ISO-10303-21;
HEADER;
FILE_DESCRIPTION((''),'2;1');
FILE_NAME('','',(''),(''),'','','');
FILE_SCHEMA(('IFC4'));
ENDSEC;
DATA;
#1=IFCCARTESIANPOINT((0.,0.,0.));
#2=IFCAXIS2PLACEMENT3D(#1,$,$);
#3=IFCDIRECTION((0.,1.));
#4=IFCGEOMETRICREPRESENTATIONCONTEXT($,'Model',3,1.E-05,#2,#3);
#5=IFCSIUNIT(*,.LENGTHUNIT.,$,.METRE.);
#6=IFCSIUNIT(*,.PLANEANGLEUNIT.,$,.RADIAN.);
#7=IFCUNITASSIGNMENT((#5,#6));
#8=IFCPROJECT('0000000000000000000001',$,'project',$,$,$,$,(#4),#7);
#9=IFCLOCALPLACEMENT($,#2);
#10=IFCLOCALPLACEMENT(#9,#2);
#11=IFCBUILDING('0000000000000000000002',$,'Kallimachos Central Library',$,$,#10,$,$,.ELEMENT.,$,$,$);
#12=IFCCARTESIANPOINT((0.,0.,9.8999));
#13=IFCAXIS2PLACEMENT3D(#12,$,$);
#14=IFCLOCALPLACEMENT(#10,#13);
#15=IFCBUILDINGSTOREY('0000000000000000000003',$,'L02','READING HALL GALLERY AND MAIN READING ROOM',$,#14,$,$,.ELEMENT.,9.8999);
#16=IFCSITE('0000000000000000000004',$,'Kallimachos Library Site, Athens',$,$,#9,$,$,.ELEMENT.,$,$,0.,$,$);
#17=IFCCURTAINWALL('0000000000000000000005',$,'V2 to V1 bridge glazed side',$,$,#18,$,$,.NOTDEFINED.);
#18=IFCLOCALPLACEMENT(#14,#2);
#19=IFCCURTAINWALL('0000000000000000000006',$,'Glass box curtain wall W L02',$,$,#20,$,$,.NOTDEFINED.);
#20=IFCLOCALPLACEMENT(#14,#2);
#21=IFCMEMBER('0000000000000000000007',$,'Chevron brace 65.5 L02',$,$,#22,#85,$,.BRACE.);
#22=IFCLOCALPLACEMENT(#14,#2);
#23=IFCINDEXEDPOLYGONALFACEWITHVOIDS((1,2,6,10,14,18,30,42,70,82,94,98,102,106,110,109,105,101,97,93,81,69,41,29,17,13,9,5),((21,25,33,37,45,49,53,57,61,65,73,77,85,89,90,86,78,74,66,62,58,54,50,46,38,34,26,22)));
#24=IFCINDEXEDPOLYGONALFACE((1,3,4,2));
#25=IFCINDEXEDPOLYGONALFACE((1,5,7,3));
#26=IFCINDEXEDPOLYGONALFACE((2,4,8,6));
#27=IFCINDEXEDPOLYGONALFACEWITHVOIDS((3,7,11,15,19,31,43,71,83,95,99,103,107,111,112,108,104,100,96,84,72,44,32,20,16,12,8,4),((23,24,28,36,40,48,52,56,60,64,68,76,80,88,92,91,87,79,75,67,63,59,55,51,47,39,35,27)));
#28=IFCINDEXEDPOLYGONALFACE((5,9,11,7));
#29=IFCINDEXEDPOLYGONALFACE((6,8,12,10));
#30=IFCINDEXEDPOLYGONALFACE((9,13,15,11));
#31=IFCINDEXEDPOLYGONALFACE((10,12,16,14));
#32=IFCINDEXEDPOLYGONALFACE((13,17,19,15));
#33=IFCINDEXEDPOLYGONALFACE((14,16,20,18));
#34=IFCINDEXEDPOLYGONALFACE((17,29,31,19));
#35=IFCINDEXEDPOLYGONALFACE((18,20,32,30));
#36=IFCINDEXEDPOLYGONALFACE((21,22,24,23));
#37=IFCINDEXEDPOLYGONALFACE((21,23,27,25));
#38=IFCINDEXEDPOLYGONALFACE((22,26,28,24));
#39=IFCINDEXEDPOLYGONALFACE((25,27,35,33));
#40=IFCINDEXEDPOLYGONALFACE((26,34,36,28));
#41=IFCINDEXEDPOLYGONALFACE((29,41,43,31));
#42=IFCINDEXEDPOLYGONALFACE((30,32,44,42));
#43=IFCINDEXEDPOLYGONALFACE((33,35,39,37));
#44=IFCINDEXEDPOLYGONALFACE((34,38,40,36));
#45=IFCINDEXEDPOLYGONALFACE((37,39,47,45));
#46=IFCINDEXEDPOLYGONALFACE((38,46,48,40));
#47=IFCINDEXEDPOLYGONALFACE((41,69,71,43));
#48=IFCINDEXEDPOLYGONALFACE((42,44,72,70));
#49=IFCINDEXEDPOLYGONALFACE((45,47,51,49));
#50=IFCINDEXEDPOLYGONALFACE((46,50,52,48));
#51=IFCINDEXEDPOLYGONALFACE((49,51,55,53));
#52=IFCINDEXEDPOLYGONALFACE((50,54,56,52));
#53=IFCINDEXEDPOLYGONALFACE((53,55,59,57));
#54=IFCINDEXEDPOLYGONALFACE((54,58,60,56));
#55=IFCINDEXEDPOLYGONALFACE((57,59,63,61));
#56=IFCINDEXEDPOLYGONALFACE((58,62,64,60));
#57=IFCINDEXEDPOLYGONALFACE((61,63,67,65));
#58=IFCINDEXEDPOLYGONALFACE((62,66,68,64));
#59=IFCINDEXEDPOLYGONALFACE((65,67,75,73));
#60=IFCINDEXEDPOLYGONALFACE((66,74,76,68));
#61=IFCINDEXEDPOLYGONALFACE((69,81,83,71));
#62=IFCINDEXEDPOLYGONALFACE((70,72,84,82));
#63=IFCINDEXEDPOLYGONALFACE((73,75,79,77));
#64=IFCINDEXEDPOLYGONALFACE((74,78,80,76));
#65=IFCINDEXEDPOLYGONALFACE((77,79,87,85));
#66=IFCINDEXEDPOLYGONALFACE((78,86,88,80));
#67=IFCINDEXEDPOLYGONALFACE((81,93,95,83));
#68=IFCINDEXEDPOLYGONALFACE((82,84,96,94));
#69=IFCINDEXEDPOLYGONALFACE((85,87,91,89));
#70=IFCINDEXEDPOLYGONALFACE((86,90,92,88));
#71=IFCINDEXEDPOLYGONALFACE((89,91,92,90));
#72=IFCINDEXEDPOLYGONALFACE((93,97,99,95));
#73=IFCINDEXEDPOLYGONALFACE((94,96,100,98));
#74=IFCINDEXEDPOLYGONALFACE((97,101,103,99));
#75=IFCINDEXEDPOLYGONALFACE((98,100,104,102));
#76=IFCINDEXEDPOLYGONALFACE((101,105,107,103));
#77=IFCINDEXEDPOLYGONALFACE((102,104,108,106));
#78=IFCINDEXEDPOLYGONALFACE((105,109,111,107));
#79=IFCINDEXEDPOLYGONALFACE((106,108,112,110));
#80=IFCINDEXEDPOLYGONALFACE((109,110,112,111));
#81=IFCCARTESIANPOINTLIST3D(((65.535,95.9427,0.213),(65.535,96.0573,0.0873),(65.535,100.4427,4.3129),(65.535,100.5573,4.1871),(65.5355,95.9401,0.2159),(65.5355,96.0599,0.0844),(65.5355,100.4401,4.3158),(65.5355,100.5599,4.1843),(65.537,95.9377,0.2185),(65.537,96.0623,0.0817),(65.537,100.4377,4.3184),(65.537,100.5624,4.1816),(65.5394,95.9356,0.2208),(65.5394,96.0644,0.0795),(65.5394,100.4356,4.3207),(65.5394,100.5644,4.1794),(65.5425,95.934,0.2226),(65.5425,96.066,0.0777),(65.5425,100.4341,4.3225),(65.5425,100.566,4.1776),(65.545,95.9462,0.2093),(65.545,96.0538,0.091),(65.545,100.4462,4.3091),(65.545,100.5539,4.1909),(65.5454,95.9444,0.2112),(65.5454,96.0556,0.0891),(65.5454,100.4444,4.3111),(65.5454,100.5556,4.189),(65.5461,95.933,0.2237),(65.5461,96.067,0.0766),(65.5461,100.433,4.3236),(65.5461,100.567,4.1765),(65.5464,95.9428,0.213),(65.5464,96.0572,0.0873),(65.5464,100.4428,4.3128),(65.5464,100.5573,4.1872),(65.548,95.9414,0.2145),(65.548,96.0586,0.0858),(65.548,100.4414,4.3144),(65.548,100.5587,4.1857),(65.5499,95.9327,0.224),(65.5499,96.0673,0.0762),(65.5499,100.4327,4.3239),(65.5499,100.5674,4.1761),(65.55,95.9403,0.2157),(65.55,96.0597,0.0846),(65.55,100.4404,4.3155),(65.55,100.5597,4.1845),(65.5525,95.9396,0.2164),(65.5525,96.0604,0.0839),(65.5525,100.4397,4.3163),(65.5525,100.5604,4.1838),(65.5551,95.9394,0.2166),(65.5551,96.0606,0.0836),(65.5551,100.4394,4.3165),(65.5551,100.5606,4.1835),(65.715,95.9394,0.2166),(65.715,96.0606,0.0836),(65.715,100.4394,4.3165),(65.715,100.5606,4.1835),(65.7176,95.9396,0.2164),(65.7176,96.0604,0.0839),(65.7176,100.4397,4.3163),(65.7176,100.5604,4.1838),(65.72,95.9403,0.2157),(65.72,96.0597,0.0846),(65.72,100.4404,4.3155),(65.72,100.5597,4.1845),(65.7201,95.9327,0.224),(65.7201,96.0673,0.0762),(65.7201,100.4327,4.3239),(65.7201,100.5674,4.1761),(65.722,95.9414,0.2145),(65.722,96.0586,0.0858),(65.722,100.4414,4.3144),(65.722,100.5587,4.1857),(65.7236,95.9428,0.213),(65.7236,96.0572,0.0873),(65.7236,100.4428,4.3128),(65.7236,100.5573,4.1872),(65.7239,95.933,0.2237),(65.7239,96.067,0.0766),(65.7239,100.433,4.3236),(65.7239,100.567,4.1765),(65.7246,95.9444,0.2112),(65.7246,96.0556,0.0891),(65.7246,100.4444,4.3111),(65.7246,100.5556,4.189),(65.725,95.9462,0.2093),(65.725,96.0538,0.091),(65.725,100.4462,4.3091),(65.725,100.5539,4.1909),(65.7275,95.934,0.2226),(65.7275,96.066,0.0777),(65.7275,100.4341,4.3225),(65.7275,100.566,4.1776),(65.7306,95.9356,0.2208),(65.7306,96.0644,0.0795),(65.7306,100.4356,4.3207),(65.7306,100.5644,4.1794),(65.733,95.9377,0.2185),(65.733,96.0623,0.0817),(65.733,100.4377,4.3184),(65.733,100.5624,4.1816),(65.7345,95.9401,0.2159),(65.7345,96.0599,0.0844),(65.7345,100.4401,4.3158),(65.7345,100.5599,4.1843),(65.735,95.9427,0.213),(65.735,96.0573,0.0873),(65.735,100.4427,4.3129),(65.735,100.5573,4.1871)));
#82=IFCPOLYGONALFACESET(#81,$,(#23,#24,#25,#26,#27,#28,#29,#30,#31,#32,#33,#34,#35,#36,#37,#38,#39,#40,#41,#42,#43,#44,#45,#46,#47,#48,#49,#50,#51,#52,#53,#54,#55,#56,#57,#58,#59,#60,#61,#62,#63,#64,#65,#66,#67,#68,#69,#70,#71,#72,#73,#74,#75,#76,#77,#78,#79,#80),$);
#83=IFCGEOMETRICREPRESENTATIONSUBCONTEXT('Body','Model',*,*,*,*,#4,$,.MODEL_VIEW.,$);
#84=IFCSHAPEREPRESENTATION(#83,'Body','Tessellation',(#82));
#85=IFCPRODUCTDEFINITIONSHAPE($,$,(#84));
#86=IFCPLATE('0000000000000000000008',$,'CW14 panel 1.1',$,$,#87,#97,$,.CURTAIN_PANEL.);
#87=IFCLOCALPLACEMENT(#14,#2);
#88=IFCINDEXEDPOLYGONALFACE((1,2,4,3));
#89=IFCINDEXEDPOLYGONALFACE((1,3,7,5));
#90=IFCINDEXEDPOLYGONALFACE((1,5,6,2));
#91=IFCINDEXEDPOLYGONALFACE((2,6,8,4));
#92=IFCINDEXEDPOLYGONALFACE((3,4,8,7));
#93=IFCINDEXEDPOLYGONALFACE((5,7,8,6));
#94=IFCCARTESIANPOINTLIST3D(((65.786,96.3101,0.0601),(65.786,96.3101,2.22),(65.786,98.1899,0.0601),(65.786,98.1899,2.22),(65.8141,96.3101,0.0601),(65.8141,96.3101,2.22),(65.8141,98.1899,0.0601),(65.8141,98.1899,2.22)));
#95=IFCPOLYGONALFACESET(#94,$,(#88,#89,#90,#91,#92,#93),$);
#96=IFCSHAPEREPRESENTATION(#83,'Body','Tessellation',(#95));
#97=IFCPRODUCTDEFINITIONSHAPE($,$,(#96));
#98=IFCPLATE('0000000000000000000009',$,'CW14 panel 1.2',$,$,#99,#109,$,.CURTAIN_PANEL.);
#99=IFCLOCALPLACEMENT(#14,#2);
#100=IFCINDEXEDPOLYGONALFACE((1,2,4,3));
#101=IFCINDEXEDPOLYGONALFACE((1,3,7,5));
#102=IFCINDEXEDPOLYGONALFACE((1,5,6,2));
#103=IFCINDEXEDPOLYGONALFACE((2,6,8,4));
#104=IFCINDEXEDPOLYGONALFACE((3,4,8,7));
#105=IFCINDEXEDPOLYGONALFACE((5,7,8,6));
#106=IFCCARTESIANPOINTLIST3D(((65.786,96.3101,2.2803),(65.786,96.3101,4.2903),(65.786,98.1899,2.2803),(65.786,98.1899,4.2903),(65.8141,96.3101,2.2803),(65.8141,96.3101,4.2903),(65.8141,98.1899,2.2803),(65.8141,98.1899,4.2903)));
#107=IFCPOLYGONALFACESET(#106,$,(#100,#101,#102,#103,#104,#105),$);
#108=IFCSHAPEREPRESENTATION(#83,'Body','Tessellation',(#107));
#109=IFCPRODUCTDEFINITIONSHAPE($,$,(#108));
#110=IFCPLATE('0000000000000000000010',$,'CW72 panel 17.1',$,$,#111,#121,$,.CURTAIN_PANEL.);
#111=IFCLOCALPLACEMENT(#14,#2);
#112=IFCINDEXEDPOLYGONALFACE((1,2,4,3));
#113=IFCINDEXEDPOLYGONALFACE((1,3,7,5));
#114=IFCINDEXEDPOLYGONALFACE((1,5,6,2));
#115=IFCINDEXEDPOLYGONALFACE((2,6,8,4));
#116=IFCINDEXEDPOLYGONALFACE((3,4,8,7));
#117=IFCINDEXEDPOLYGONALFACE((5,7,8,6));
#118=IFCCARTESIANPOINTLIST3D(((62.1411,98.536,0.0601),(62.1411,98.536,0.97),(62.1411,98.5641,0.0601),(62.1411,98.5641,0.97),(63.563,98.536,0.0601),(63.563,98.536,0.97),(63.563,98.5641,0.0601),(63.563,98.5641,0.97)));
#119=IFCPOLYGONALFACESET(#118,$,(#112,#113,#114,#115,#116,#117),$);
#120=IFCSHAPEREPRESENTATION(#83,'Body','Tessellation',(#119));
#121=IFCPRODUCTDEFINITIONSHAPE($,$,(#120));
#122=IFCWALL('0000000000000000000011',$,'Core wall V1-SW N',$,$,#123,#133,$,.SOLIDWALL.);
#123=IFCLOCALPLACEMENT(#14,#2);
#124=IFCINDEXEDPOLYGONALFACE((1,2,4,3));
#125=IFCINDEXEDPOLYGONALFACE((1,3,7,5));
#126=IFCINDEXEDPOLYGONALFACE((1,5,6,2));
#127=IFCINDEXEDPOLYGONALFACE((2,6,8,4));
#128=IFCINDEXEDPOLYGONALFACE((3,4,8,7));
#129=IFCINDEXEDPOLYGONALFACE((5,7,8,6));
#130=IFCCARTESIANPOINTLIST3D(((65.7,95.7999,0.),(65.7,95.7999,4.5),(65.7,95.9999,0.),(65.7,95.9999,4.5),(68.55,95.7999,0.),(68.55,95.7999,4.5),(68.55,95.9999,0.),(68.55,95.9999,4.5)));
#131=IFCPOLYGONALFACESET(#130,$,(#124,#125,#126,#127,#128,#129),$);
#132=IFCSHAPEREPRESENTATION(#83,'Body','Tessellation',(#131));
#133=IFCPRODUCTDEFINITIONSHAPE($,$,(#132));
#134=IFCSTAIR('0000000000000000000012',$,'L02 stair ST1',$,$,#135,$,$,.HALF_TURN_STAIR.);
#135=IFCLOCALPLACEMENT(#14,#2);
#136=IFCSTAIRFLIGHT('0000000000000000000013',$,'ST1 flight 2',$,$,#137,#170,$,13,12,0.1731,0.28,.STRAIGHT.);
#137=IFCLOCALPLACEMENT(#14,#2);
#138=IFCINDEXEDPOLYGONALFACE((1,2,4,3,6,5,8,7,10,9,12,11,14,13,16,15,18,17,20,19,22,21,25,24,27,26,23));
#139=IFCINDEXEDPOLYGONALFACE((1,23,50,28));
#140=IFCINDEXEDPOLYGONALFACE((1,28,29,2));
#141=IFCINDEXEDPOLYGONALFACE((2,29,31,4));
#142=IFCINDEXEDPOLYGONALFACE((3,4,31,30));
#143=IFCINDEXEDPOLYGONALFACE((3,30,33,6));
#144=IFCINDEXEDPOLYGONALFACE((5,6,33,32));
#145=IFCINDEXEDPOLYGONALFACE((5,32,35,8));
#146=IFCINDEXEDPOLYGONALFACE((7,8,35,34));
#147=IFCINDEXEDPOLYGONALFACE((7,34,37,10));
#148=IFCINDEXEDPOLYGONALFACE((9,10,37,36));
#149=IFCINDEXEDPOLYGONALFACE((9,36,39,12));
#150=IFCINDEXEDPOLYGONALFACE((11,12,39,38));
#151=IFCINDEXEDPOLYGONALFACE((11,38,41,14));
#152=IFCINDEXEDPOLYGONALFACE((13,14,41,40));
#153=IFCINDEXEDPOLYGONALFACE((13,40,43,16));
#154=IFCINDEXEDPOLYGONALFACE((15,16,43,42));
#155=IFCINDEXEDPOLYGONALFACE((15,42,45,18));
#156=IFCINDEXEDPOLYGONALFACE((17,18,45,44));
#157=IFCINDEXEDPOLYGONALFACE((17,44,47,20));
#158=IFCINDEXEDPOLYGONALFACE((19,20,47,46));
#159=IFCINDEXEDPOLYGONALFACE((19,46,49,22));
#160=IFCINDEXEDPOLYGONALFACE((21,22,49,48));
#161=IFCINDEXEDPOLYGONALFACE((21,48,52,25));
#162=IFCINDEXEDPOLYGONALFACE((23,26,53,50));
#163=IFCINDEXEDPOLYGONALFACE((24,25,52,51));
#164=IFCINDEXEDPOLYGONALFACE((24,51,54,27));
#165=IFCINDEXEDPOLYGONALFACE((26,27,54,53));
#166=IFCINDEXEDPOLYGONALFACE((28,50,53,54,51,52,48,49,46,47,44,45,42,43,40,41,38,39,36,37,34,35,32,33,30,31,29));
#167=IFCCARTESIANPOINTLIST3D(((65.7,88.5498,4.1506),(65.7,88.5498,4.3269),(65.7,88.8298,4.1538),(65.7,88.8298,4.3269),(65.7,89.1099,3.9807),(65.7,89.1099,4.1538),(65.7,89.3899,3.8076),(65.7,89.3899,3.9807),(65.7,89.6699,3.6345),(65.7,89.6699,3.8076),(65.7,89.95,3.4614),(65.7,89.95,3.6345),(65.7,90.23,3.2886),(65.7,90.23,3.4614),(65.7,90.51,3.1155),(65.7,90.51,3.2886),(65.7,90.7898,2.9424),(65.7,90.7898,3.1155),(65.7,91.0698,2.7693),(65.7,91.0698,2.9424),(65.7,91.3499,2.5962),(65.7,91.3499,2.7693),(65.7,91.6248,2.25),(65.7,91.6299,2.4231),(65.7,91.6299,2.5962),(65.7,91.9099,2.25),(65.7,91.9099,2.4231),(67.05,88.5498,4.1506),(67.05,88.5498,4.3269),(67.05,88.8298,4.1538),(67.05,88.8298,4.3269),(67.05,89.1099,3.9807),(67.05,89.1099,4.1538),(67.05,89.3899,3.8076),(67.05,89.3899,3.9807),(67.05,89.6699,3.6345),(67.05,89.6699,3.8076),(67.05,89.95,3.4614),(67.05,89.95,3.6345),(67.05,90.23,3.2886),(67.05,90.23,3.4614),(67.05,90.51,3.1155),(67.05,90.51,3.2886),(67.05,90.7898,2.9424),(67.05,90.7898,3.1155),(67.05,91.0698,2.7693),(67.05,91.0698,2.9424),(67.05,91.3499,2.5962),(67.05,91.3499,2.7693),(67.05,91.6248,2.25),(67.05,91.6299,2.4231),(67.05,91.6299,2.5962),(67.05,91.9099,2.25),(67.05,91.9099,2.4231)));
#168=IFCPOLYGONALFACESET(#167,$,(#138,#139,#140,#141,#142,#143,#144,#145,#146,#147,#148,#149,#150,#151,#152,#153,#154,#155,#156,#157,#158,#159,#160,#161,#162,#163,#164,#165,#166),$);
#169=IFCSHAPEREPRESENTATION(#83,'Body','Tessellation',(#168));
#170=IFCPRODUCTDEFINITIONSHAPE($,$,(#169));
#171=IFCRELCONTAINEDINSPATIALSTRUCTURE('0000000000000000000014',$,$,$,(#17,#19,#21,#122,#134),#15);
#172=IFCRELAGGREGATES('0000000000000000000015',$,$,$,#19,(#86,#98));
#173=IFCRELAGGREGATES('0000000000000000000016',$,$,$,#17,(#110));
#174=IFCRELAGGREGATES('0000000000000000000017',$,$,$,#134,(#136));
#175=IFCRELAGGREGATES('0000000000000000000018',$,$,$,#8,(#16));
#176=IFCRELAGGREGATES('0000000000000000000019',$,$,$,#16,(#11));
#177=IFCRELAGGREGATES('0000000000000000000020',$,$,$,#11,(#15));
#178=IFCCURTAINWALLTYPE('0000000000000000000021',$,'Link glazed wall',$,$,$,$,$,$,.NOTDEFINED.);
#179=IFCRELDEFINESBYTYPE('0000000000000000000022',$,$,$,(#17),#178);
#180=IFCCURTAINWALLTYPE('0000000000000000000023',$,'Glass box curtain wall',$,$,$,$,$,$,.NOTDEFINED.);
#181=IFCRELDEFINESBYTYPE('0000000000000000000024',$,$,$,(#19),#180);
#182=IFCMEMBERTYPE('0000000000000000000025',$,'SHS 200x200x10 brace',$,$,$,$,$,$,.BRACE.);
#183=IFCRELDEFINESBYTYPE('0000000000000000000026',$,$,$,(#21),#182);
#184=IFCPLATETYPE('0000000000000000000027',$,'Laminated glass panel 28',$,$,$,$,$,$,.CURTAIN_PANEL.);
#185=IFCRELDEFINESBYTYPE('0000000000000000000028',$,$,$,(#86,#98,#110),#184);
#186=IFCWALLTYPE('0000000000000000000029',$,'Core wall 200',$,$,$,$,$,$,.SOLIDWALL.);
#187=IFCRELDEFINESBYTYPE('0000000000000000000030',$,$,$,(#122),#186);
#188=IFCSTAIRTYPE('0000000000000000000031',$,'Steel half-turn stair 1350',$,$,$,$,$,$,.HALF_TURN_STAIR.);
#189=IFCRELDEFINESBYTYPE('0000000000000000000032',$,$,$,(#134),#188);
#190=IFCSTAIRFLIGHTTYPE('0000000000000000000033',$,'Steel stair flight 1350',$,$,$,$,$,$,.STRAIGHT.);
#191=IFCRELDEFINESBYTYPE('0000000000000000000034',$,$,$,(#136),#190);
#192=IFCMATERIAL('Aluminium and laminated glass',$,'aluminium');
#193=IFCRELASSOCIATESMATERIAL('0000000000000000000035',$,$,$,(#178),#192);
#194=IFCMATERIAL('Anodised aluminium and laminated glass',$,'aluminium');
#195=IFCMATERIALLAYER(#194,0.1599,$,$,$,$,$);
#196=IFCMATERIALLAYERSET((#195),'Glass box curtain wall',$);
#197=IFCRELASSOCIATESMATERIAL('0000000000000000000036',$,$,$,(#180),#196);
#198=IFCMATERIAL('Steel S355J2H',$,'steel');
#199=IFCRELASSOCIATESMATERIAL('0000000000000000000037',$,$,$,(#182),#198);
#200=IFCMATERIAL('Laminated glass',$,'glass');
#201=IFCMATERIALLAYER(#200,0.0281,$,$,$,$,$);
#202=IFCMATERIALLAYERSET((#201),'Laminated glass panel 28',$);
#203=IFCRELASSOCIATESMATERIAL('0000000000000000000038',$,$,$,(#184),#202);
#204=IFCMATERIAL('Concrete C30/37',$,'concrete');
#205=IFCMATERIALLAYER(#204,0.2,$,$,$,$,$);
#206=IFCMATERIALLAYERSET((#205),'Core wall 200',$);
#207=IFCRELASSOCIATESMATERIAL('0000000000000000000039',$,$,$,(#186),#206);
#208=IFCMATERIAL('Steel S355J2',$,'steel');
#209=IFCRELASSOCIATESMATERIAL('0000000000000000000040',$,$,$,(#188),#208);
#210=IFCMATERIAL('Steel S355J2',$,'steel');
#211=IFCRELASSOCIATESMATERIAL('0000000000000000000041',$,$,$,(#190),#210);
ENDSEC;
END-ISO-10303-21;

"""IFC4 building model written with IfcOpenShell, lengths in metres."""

from ifc_helpers import new_model, si_unit, direction, frame, frame_2d, origin, origin_2d, place, context, subcontext, project, spatial, polyline, rectangle, hollow_rectangle, outline, extrude, material, layer, layer_set, material_profile, profile_set, type_object, element, aggregate, save


model = new_model("IFC4")

# Units and contexts
model_context = context("Model", 3, precision=1e-05, world=origin(), true_north=direction((0.0, 1.0)))
body_context = subcontext(model_context, "Body", "Model", "MODEL_VIEW")
ifc_project = project(units=[si_unit("LENGTHUNIT", "METRE"), si_unit("PLANEANGLEUNIT", "RADIAN")], contexts=[model_context])

# Site, building, storey
site_placement = place(None, origin())
site = spatial("IfcSite", under=ifc_project, at=site_placement, Name="Kallimachos Library Site, Athens", CompositionType="ELEMENT", RefElevation=0.0)
building_placement = place(site_placement, origin())
building = spatial("IfcBuilding", under=site, at=building_placement, Name="Kallimachos Central Library", CompositionType="ELEMENT")
storey_placement = place(building_placement, frame((0.0, 0.0, 9.8999)))
storey = spatial("IfcBuildingStorey", under=building, at=storey_placement, Name="L02", Description="READING HALL GALLERY AND MAIN READING ROOM", CompositionType="ELEMENT", Elevation=9.8999)

# Curtain wall
ifc_material_1 = material(Name="Aluminium and laminated glass", Category="aluminium")
curtain_wall_type_1 = type_object("IfcCurtainWallType", Name="Link glazed wall", PredefinedType="NOTDEFINED", material=ifc_material_1)
curtain_wall_1_placement = place(storey_placement, origin())
curtain_wall_1 = element("IfcCurtainWall", 1, at=curtain_wall_1_placement, inside=storey, type_object=curtain_wall_type_1, Name="V2 to V1 bridge glazed side", PredefinedType="NOTDEFINED")

# Curtain wall
ifc_material_2 = material(Name="Anodised aluminium and laminated glass", Category="aluminium")
ifc_layer_1 = layer(ifc_material_2, 0.1599)
ifc_layer_set_1 = layer_set([ifc_layer_1], Name="Glass box curtain wall")
curtain_wall_type_2 = type_object("IfcCurtainWallType", Name="Glass box curtain wall", PredefinedType="NOTDEFINED", material=ifc_layer_set_1)
curtain_wall_2_placement = place(storey_placement, origin())
curtain_wall_2 = element("IfcCurtainWall", 2, at=curtain_wall_2_placement, inside=storey, type_object=curtain_wall_type_2, Name="Glass box curtain wall W L02", PredefinedType="NOTDEFINED")

# Member
ifc_material_3 = material(Name="Steel S355J2H", Category="steel")
ifc_material_profile_1 = material_profile(ifc_material_3, hollow_rectangle(XDim=0.2, YDim=0.2, WallThickness=0.01, InnerFilletRadius=0.01, OuterFilletRadius=0.0149, at=origin_2d()), Name="SHS 200x200x10")
ifc_profile_set_1 = profile_set([ifc_material_profile_1], Name="Steel S355J2H")
member_type_1 = type_object("IfcMemberType", Name="SHS 200x200x10 brace", PredefinedType="BRACE", material=ifc_profile_set_1)
member_1_placement = place(storey_placement, frame((65.635, 96.0, 0.1501), z_axis=(0.0, 0.739208, 0.673477), x_axis=(-1.0, 0.0, 0.0)))
element("IfcMember", 3, at=member_1_placement, inside=storey, type_object=member_type_1, Name="Chevron brace 65.5 L02", PredefinedType="BRACE", context=body_context, shape_type="SweptSolid", body=[
    extrude(hollow_rectangle(XDim=0.2, YDim=0.2, WallThickness=0.01, InnerFilletRadius=0.01, OuterFilletRadius=0.0149, at=origin_2d()), origin(), (0.0, 0.0, 1.0), 6.0876),
])

# Plates
ifc_material_4 = material(Name="Laminated glass", Category="glass")
ifc_layer_2 = layer(ifc_material_4, 0.0281)
ifc_layer_set_2 = layer_set([ifc_layer_2], Name="Laminated glass panel 28")
plate_type = type_object("IfcPlateType", Name="Laminated glass panel 28", PredefinedType="CURTAIN_PANEL", material=ifc_layer_set_2)
plate_1_placement = place(storey_placement, frame((65.8, 97.25, 0.0601), z_axis=(0.0, 0.0, 1.0), x_axis=(0.0, 1.0, 0.0)))
plate_1 = element("IfcPlate", 4, at=plate_1_placement, type_object=plate_type, Name="CW14 panel 1.1", PredefinedType="CURTAIN_PANEL", context=body_context, shape_type="SweptSolid", body=[
    extrude(rectangle(XDim=1.8799, YDim=0.0281, at=origin_2d()), origin(), (0.0, 0.0, 1.0), 2.1599),
])
plate_2_placement = place(storey_placement, frame((65.8, 97.25, 2.2803), z_axis=(0.0, 0.0, 1.0), x_axis=(0.0, 1.0, 0.0)))
plate_2 = element("IfcPlate", 5, at=plate_2_placement, type_object=plate_type, Name="CW14 panel 1.2", PredefinedType="CURTAIN_PANEL", context=body_context, shape_type="SweptSolid", body=[
    extrude(rectangle(XDim=1.8799, YDim=0.0281, at=origin_2d()), origin(), (0.0, 0.0, 1.0), 2.01),
])
aggregate(curtain_wall_2, [plate_1, plate_2])
plate_3_placement = place(storey_placement, frame((62.8521, 98.55, 0.0601), z_axis=(0.0, 0.0, 1.0), x_axis=(1.0, 0.0, 0.0)))
plate_3 = element("IfcPlate", 6, at=plate_3_placement, type_object=plate_type, Name="CW72 panel 17.1", PredefinedType="CURTAIN_PANEL", context=body_context, shape_type="SweptSolid", body=[
    extrude(rectangle(XDim=1.4219, YDim=0.0281, at=origin_2d()), origin(), (0.0, 0.0, 1.0), 0.9099),
])
aggregate(curtain_wall_1, [plate_3])

# Wall
ifc_material_5 = material(Name="Concrete C30/37", Category="concrete")
ifc_layer_3 = layer(ifc_material_5, 0.2)
ifc_layer_set_3 = layer_set([ifc_layer_3], Name="Core wall 200")
wall_type_1 = type_object("IfcWallType", Name="Core wall 200", PredefinedType="SOLIDWALL", material=ifc_layer_set_3)
wall_1_placement = place(storey_placement, frame((65.7, 95.8999, 0.0), z_axis=(0.0, 0.0, 1.0), x_axis=(1.0, 0.0, 0.0)))
element("IfcWall", 7, at=wall_1_placement, inside=storey, type_object=wall_type_1, Name="Core wall V1-SW N", PredefinedType="SOLIDWALL", context=body_context, shape_type="SweptSolid", body=[
    extrude(rectangle(XDim=2.8501, YDim=0.2, at=frame_2d((1.425, 0.0))), origin(), (0.0, 0.0, 1.0), 4.5),
])

# Stair, stair flight
ifc_material_6 = material(Name="Steel S355J2", Category="steel")
stair_type = type_object("IfcStairType", Name="Steel half-turn stair 1350", PredefinedType="HALF_TURN_STAIR", material=ifc_material_6)
stair_placement = place(storey_placement, origin())
stair = element("IfcStair", 8, at=stair_placement, inside=storey, type_object=stair_type, Name="L02 stair ST1", PredefinedType="HALF_TURN_STAIR")
ifc_material_7 = material(Name="Steel S355J2", Category="steel")
stair_flight_type = type_object("IfcStairFlightType", Name="Steel stair flight 1350", PredefinedType="STRAIGHT", material=ifc_material_7)
stair_flight_placement = place(storey_placement, frame((66.375, 91.9099, 2.25), z_axis=(0.0, 0.0, 1.0), x_axis=(0.0, -1.0, 0.0)))
stair_flight = element("IfcStairFlight", 9, at=stair_flight_placement, type_object=stair_flight_type, Name="ST1 flight 2", NumberOfRisers=13, NumberOfTreads=12, PredefinedType="STRAIGHT", RiserHeight=0.1731, TreadLength=0.28, context=body_context, shape_type="SweptSolid", body=[
    extrude(outline(polyline([(0.0, 0.0), (0.0, 0.1731), (0.28, 0.1731), (0.28, 0.3462), (0.5601, 0.3462), (0.5601, 0.5193), (0.8401, 0.5193), (0.8401, 0.6924), (1.1201, 0.6924), (1.1201, 0.8655), (1.3999, 0.8655), (1.3999, 1.0386), (1.6799, 1.0386), (1.6799, 1.2114), (1.96, 1.2114), (1.96, 1.3845), (2.24, 1.3845), (2.24, 1.5576), (2.52, 1.5576), (2.52, 1.7307), (2.8, 1.7307), (2.8, 1.9038), (3.0801, 1.9038), (3.0801, 2.0769), (3.3601, 2.0769), (3.3601, 2.25), (3.3601, 1.9006), (0.2852, 0.0), (0.0, 0.0)])), frame((0.0, 0.675, 0.0), z_axis=(0.0, -1.0, 0.0), x_axis=(1.0, 0.0, 0.0)), (0.0, 0.0, 1.0), 1.3501),
])
aggregate(stair, [stair_flight])

save(model, "model.ifc")
